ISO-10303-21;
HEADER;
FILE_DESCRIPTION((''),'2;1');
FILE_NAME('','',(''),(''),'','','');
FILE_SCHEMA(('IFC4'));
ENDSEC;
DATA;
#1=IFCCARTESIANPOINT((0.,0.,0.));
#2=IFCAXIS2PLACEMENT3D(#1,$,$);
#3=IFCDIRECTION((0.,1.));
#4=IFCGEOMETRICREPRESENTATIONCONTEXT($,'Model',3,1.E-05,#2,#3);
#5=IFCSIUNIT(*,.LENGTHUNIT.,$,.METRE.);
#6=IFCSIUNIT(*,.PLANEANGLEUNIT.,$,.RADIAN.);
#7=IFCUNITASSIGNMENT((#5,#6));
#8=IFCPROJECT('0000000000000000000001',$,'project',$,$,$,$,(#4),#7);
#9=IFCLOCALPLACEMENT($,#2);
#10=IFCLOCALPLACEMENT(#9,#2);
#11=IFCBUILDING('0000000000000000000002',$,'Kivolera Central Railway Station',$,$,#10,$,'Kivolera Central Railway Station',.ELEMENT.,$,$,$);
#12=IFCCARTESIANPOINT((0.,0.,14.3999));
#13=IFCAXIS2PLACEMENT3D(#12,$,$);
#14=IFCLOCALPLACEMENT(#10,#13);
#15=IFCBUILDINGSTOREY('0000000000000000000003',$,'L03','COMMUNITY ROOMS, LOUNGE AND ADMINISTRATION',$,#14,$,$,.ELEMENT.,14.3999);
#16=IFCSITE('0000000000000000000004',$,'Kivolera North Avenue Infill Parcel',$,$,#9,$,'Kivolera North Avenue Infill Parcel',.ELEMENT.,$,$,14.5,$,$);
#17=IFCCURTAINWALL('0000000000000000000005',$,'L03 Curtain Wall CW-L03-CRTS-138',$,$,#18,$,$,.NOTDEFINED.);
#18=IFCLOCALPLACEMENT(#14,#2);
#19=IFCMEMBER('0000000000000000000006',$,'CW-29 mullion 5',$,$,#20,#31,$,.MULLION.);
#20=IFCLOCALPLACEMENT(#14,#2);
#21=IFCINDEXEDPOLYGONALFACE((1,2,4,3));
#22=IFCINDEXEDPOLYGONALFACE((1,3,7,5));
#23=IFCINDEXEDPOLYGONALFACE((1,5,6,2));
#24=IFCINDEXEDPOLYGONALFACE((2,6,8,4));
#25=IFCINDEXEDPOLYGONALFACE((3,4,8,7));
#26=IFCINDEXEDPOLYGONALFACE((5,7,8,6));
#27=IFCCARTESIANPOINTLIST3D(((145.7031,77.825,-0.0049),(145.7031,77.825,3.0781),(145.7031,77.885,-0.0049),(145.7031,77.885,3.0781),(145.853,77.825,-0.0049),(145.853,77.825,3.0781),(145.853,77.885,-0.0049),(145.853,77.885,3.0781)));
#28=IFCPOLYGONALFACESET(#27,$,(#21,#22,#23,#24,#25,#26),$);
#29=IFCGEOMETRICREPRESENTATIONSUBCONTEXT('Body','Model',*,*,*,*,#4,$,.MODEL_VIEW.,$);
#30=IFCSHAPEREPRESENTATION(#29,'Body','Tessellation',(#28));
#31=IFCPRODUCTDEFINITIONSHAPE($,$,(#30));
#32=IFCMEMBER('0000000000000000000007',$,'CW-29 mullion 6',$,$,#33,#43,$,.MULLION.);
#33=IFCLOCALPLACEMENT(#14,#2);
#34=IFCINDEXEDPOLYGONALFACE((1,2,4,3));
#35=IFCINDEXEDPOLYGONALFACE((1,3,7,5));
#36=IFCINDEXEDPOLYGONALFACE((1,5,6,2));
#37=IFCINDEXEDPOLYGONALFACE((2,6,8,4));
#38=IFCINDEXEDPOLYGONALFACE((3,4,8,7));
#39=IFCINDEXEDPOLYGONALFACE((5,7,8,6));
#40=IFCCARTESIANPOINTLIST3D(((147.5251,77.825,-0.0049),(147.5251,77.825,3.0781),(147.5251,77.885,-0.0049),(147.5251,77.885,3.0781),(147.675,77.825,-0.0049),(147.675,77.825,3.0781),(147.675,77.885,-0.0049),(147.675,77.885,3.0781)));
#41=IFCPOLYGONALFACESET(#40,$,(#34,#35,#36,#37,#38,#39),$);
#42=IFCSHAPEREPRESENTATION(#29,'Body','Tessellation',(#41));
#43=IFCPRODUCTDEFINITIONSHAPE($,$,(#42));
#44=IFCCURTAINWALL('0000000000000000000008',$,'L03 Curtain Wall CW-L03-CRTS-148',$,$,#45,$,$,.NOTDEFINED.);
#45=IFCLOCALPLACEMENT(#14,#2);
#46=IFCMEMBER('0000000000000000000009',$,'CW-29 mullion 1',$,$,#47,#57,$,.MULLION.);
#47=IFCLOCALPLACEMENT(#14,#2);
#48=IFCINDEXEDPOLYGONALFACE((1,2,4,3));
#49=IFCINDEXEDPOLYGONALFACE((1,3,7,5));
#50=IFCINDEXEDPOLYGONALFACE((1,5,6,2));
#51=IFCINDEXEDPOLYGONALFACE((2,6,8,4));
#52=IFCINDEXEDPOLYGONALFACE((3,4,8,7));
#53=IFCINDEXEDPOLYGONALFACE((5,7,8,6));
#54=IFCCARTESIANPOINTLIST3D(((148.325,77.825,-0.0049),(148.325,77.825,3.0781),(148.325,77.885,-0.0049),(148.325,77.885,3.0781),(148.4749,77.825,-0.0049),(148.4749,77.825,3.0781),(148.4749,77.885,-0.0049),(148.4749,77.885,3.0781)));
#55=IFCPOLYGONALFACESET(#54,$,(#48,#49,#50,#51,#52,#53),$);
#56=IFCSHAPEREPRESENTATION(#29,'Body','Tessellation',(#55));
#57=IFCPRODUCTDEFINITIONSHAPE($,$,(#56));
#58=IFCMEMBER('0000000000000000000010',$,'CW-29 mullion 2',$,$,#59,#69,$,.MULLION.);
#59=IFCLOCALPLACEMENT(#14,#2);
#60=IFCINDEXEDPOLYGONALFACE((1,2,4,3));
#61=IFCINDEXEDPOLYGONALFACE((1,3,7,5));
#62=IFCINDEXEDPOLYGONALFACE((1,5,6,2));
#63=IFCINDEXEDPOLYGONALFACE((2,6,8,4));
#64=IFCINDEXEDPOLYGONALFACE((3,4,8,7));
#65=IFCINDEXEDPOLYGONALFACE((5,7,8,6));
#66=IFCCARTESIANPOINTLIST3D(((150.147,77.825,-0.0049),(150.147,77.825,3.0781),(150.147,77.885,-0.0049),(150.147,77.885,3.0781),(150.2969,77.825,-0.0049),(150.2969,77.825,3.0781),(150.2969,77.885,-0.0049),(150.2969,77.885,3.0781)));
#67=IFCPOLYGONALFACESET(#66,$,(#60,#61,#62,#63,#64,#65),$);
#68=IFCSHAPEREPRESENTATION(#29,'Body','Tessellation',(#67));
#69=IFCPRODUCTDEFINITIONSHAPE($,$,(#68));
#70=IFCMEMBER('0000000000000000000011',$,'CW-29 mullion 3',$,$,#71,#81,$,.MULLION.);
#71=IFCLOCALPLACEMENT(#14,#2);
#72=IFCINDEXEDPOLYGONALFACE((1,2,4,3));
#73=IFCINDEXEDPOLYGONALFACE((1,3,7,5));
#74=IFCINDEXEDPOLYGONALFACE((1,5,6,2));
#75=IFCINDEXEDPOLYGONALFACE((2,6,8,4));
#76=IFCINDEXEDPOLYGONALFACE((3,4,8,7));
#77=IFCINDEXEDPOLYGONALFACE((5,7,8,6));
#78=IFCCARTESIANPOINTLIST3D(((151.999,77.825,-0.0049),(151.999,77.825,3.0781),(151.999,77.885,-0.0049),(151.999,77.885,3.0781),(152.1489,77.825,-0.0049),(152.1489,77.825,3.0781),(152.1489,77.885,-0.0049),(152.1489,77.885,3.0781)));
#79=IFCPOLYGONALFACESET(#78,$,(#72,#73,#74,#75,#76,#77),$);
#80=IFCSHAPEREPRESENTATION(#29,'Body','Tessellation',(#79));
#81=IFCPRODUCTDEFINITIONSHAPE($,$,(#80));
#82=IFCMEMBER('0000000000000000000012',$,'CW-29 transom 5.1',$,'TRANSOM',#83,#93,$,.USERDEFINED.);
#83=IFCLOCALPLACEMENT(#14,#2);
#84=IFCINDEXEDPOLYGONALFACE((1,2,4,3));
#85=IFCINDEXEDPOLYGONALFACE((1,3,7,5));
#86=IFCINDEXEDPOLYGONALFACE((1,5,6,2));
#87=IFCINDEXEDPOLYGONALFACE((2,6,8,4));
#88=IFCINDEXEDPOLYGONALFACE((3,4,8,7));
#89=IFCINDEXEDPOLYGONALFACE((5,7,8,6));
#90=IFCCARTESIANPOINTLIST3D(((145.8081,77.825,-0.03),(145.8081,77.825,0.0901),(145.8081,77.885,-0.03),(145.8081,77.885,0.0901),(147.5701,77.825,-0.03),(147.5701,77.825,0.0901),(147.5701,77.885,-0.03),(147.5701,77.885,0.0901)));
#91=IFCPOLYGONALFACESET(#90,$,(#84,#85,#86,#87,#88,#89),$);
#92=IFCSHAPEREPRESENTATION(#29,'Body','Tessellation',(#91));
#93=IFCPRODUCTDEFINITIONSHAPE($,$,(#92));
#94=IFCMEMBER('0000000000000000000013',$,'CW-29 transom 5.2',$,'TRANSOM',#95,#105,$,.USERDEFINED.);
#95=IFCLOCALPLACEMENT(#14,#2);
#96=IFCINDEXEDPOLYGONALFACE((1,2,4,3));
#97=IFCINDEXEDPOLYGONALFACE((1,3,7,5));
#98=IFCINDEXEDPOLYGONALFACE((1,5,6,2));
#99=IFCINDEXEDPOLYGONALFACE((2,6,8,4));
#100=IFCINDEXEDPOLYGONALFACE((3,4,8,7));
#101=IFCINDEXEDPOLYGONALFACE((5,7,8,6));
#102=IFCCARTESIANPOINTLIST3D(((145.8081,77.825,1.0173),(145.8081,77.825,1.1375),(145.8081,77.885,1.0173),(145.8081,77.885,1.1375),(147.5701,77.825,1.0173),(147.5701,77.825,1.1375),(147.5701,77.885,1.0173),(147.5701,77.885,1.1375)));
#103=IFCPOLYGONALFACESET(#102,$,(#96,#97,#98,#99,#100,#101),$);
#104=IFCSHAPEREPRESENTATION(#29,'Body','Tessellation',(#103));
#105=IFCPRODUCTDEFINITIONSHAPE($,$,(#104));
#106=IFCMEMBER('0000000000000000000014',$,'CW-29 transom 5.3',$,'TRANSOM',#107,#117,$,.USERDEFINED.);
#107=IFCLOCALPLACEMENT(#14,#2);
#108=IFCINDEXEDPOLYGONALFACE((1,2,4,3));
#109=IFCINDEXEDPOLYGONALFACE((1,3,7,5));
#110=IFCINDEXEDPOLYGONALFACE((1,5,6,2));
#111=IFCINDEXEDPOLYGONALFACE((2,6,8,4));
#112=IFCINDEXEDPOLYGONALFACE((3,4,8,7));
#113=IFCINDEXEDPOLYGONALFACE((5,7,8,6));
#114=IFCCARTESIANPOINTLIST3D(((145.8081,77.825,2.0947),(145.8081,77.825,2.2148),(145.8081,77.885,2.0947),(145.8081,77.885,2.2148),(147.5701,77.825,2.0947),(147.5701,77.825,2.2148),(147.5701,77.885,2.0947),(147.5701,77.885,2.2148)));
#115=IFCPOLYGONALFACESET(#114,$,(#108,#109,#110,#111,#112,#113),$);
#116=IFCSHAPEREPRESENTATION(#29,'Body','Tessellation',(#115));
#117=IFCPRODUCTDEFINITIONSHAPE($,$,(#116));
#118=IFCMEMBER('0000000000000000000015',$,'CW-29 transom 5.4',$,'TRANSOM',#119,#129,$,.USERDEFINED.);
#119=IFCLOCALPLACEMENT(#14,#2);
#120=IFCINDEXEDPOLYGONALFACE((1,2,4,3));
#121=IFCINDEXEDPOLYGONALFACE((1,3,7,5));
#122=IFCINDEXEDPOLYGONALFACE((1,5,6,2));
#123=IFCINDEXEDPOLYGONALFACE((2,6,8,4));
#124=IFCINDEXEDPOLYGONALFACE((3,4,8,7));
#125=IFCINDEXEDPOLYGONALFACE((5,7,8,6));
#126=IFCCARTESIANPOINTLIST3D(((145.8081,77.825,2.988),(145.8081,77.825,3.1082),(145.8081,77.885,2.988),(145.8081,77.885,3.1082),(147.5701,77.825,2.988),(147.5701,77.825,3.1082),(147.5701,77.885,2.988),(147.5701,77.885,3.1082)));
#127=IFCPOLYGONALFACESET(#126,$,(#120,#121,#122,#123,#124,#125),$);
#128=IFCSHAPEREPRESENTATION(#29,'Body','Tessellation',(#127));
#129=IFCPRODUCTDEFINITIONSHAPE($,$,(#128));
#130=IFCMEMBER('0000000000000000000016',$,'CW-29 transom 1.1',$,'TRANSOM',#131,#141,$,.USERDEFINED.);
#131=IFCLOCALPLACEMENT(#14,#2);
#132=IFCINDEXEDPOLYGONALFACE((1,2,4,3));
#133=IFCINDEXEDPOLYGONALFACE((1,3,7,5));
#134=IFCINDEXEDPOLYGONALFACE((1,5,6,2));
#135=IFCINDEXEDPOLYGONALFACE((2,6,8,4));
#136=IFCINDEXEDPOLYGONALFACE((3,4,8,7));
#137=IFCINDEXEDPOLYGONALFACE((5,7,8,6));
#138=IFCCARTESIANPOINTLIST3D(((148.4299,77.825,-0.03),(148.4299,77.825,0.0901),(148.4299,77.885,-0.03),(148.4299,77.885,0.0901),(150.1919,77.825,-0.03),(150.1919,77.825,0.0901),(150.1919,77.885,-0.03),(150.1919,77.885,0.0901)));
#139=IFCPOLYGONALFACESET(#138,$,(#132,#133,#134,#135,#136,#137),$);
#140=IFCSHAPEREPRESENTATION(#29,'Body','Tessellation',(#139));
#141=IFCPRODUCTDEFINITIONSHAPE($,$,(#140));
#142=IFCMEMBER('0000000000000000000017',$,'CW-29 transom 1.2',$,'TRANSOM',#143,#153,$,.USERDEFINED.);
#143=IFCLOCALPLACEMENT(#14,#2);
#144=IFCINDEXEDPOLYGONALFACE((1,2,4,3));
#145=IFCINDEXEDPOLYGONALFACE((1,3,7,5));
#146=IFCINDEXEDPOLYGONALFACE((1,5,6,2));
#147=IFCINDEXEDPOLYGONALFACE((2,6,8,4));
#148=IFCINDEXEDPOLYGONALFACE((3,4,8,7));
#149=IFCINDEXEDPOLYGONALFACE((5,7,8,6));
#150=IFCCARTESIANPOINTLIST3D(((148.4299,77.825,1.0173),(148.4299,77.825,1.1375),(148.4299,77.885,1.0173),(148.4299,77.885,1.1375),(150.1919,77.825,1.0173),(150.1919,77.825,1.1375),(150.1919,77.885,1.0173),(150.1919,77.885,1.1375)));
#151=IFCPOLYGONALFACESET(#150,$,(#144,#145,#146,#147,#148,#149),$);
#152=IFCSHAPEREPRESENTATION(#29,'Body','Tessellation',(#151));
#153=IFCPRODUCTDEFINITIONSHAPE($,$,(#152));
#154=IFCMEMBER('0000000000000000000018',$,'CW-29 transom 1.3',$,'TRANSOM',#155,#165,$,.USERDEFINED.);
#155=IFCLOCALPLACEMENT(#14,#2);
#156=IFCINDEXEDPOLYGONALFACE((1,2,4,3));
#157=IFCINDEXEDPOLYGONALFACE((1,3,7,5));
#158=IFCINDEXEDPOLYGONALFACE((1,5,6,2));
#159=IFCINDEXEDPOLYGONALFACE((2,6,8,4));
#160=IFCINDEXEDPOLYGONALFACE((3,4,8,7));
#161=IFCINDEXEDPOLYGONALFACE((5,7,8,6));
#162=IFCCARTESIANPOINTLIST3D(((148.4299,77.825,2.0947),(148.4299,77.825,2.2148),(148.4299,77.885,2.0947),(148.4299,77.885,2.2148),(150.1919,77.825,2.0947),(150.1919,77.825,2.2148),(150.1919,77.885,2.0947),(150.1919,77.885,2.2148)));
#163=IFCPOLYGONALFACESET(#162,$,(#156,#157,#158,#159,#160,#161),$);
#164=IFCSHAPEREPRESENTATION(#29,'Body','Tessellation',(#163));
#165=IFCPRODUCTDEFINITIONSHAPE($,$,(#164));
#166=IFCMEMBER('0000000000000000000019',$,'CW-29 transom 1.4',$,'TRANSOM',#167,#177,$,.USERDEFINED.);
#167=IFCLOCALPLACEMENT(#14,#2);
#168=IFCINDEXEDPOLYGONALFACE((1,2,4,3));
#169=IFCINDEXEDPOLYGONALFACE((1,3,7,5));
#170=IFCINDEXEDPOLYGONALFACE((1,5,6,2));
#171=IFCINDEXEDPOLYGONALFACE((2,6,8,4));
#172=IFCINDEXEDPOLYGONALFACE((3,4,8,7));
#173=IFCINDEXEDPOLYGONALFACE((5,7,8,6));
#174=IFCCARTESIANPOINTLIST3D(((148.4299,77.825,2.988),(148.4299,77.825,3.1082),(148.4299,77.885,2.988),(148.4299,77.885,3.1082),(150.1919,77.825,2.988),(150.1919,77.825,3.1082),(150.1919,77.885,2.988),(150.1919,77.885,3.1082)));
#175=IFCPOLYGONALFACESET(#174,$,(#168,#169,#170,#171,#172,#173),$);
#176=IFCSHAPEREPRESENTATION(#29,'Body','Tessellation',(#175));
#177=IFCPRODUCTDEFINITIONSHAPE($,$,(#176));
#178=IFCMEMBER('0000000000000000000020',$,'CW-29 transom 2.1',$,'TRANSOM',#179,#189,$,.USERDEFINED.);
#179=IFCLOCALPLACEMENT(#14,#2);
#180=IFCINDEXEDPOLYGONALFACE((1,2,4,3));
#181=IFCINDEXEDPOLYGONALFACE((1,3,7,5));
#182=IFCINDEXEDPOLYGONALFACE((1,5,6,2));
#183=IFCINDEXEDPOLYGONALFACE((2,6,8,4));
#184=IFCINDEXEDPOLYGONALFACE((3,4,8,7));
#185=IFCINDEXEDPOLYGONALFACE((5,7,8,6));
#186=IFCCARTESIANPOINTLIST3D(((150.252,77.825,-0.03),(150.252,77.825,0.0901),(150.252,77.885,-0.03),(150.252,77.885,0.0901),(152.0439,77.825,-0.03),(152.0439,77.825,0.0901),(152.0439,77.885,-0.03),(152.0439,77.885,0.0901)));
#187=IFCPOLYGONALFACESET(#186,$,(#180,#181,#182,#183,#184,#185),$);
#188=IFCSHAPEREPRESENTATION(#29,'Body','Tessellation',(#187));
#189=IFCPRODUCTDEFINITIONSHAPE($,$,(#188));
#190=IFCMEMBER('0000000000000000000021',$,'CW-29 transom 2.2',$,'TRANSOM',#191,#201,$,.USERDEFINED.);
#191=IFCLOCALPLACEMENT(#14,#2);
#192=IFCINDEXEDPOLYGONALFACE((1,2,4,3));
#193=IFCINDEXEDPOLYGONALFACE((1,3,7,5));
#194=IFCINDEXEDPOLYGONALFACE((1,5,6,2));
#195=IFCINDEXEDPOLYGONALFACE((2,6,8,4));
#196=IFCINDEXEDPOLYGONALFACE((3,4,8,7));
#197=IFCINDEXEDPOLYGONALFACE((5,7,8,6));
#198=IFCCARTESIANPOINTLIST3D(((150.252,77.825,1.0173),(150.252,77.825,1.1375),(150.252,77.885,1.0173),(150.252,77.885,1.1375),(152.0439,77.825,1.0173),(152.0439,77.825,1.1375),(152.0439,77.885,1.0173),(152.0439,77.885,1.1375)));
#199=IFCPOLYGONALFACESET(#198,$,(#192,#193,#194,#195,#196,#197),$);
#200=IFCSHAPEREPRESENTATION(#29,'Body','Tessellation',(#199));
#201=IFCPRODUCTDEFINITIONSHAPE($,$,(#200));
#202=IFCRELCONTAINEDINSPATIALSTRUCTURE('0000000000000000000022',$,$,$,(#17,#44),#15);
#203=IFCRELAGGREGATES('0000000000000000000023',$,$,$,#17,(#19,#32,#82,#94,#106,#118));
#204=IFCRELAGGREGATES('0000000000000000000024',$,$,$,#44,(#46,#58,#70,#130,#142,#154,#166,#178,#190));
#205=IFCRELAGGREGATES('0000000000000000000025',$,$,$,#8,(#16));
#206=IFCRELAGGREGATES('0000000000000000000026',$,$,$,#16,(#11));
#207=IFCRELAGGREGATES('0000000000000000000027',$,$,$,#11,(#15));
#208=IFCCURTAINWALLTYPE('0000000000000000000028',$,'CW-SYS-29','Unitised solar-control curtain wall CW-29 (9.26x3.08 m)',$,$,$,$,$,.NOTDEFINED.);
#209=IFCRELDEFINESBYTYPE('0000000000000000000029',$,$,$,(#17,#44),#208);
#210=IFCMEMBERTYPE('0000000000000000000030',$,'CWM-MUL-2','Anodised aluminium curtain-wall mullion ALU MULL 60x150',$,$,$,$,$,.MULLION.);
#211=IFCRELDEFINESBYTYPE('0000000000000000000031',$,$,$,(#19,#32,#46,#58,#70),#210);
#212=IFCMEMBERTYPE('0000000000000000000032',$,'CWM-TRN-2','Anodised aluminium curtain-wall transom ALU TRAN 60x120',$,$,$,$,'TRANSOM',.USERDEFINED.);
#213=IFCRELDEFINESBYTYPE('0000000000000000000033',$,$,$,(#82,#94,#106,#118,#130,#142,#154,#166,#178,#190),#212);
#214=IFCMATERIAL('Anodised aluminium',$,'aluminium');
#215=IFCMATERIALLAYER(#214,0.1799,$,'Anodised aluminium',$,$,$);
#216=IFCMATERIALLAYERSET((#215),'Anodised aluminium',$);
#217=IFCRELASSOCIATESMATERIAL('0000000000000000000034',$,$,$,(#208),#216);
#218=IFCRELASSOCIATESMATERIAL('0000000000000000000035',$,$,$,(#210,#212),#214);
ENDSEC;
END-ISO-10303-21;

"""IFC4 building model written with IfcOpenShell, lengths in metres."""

from ifc_helpers import new_model, si_unit, direction, frame, origin, origin_2d, place, context, subcontext, project, spatial, rectangle, extrude, material, layer, layer_set, material_profile, profile_set, type_object, element, aggregate, save


model = new_model("IFC4")

# Units and contexts
model_context = context("Model", 3, precision=1e-05, world=origin(), true_north=direction((0.0, 1.0)))
body_context = subcontext(model_context, "Body", "Model", "MODEL_VIEW")
ifc_project = project(units=[si_unit("LENGTHUNIT", "METRE"), si_unit("PLANEANGLEUNIT", "RADIAN")], contexts=[model_context])

# Site, building, storey
site_placement = place(None, origin())
site = spatial("IfcSite", under=ifc_project, at=site_placement, Name="Kivolera North Avenue Infill Parcel", LongName="Kivolera North Avenue Infill Parcel", CompositionType="ELEMENT", RefElevation=14.5)
building_placement = place(site_placement, origin())
building = spatial("IfcBuilding", under=site, at=building_placement, Name="Kivolera Central Railway Station", LongName="Kivolera Central Railway Station", CompositionType="ELEMENT")
storey_placement = place(building_placement, frame((0.0, 0.0, 14.3999)))
storey = spatial("IfcBuildingStorey", under=building, at=storey_placement, Name="L03", Description="COMMUNITY ROOMS, LOUNGE AND ADMINISTRATION", CompositionType="ELEMENT", Elevation=14.3999)

# Curtain walls, members
ifc_material_1 = material(Name="Anodised aluminium", Category="aluminium")
ifc_layer_1 = layer(ifc_material_1, 0.1799, Name="Anodised aluminium")
ifc_layer_set_1 = layer_set([ifc_layer_1], Name="Anodised aluminium")
curtain_wall_type = type_object("IfcCurtainWallType", Name="CW-SYS-29", Description="Unitised solar-control curtain wall CW-29 (9.26x3.08 m)", PredefinedType="NOTDEFINED", material=ifc_layer_set_1)
curtain_wall_1_placement = place(storey_placement, origin())
curtain_wall_1 = element("IfcCurtainWall", 1, at=curtain_wall_1_placement, inside=storey, type_object=curtain_wall_type, Name="L03 Curtain Wall CW-L03-CRTS-138", PredefinedType="NOTDEFINED")
ifc_material_profile_1 = material_profile(ifc_material_1, rectangle(XDim=0.0601, YDim=0.1499, at=origin_2d()), Name="ALU MULL 60x150")
ifc_profile_set_1 = profile_set([ifc_material_profile_1], Name="Anodised aluminium")
member_type_1 = type_object("IfcMemberType", Name="CWM-MUL-2", Description="Anodised aluminium curtain-wall mullion ALU MULL 60x150", PredefinedType="MULLION", material=ifc_profile_set_1)
member_1_placement = place(storey_placement, frame((145.7781, 77.855, -0.0049), z_axis=(0.0, 0.0, 1.0), x_axis=(0.0, 1.0, 0.0)))
member_1 = element("IfcMember", 2, at=member_1_placement, type_object=member_type_1, Name="CW-29 mullion 5", PredefinedType="MULLION", context=body_context, shape_type="SweptSolid", body=[
    extrude(rectangle(XDim=0.0601, YDim=0.1499, at=origin_2d()), origin(), (0.0, 0.0, 1.0), 3.083),
])
member_2_placement = place(storey_placement, frame((147.6001, 77.855, -0.0049), z_axis=(0.0, 0.0, 1.0), x_axis=(0.0, 1.0, 0.0)))
member_2 = element("IfcMember", 3, at=member_2_placement, type_object=member_type_1, Name="CW-29 mullion 6", PredefinedType="MULLION", context=body_context, shape_type="SweptSolid", body=[
    extrude(rectangle(XDim=0.0601, YDim=0.1499, at=origin_2d()), origin(), (0.0, 0.0, 1.0), 3.083),
])
curtain_wall_2_placement = place(storey_placement, origin())
curtain_wall_2 = element("IfcCurtainWall", 4, at=curtain_wall_2_placement, inside=storey, type_object=curtain_wall_type, Name="L03 Curtain Wall CW-L03-CRTS-148", PredefinedType="NOTDEFINED")
member_3_placement = place(storey_placement, frame((148.3999, 77.855, -0.0049), z_axis=(0.0, 0.0, 1.0), x_axis=(0.0, 1.0, 0.0)))
member_3 = element("IfcMember", 5, at=member_3_placement, type_object=member_type_1, Name="CW-29 mullion 1", PredefinedType="MULLION", context=body_context, shape_type="SweptSolid", body=[
    extrude(rectangle(XDim=0.0601, YDim=0.1499, at=origin_2d()), origin(), (0.0, 0.0, 1.0), 3.083),
])
member_4_placement = place(storey_placement, frame((150.2219, 77.855, -0.0049), z_axis=(0.0, 0.0, 1.0), x_axis=(0.0, 1.0, 0.0)))
member_4 = element("IfcMember", 6, at=member_4_placement, type_object=member_type_1, Name="CW-29 mullion 2", PredefinedType="MULLION", context=body_context, shape_type="SweptSolid", body=[
    extrude(rectangle(XDim=0.0601, YDim=0.1499, at=origin_2d()), origin(), (0.0, 0.0, 1.0), 3.083),
])
member_5_placement = place(storey_placement, frame((152.074, 77.855, -0.0049), z_axis=(0.0, 0.0, 1.0), x_axis=(0.0, 1.0, 0.0)))
member_5 = element("IfcMember", 7, at=member_5_placement, type_object=member_type_1, Name="CW-29 mullion 3", PredefinedType="MULLION", context=body_context, shape_type="SweptSolid", body=[
    extrude(rectangle(XDim=0.0601, YDim=0.1499, at=origin_2d()), origin(), (0.0, 0.0, 1.0), 3.083),
])

# Members
ifc_material_profile_2 = material_profile(ifc_material_1, rectangle(XDim=0.0601, YDim=0.1201, at=origin_2d()), Name="ALU TRAN 60x120")
ifc_profile_set_2 = profile_set([ifc_material_profile_2], Name="Anodised aluminium")
member_type_2 = type_object("IfcMemberType", Name="CWM-TRN-2", Description="Anodised aluminium curtain-wall transom ALU TRAN 60x120", ElementType="TRANSOM", PredefinedType="USERDEFINED", material=ifc_profile_set_2)
member_6_placement = place(storey_placement, frame((145.8081, 77.855, 0.03), z_axis=(1.0, 0.0, 0.0), x_axis=(0.0, 1.0, 0.0)))
member_6 = element("IfcMember", 8, at=member_6_placement, type_object=member_type_2, Name="CW-29 transom 5.1", ObjectType="TRANSOM", PredefinedType="USERDEFINED", context=body_context, shape_type="SweptSolid", body=[
    extrude(rectangle(XDim=0.0601, YDim=0.1201, at=origin_2d()), origin(), (0.0, 0.0, 1.0), 1.762),
])
member_7_placement = place(storey_placement, frame((145.8081, 77.855, 1.0774), z_axis=(1.0, 0.0, 0.0), x_axis=(0.0, 1.0, 0.0)))
member_7 = element("IfcMember", 9, at=member_7_placement, type_object=member_type_2, Name="CW-29 transom 5.2", ObjectType="TRANSOM", PredefinedType="USERDEFINED", context=body_context, shape_type="SweptSolid", body=[
    extrude(rectangle(XDim=0.0601, YDim=0.1201, at=origin_2d()), origin(), (0.0, 0.0, 1.0), 1.762),
])
member_8_placement = place(storey_placement, frame((145.8081, 77.855, 2.1548), z_axis=(1.0, 0.0, 0.0), x_axis=(0.0, 1.0, 0.0)))
member_8 = element("IfcMember", 10, at=member_8_placement, type_object=member_type_2, Name="CW-29 transom 5.3", ObjectType="TRANSOM", PredefinedType="USERDEFINED", context=body_context, shape_type="SweptSolid", body=[
    extrude(rectangle(XDim=0.0601, YDim=0.1201, at=origin_2d()), origin(), (0.0, 0.0, 1.0), 1.762),
])
member_9_placement = place(storey_placement, frame((145.8081, 77.855, 3.0481), z_axis=(1.0, 0.0, 0.0), x_axis=(0.0, 1.0, 0.0)))
member_9 = element("IfcMember", 11, at=member_9_placement, type_object=member_type_2, Name="CW-29 transom 5.4", ObjectType="TRANSOM", PredefinedType="USERDEFINED", context=body_context, shape_type="SweptSolid", body=[
    extrude(rectangle(XDim=0.0601, YDim=0.1201, at=origin_2d()), origin(), (0.0, 0.0, 1.0), 1.762),
])
member_10_placement = place(storey_placement, frame((148.4299, 77.855, 0.03), z_axis=(1.0, 0.0, 0.0), x_axis=(0.0, 1.0, 0.0)))
member_10 = element("IfcMember", 12, at=member_10_placement, type_object=member_type_2, Name="CW-29 transom 1.1", ObjectType="TRANSOM", PredefinedType="USERDEFINED", context=body_context, shape_type="SweptSolid", body=[
    extrude(rectangle(XDim=0.0601, YDim=0.1201, at=origin_2d()), origin(), (0.0, 0.0, 1.0), 1.762),
])
member_11_placement = place(storey_placement, frame((148.4299, 77.855, 1.0774), z_axis=(1.0, 0.0, 0.0), x_axis=(0.0, 1.0, 0.0)))
member_11 = element("IfcMember", 13, at=member_11_placement, type_object=member_type_2, Name="CW-29 transom 1.2", ObjectType="TRANSOM", PredefinedType="USERDEFINED", context=body_context, shape_type="SweptSolid", body=[
    extrude(rectangle(XDim=0.0601, YDim=0.1201, at=origin_2d()), origin(), (0.0, 0.0, 1.0), 1.762),
])
member_12_placement = place(storey_placement, frame((148.4299, 77.855, 2.1548), z_axis=(1.0, 0.0, 0.0), x_axis=(0.0, 1.0, 0.0)))
member_12 = element("IfcMember", 14, at=member_12_placement, type_object=member_type_2, Name="CW-29 transom 1.3", ObjectType="TRANSOM", PredefinedType="USERDEFINED", context=body_context, shape_type="SweptSolid", body=[
    extrude(rectangle(XDim=0.0601, YDim=0.1201, at=origin_2d()), origin(), (0.0, 0.0, 1.0), 1.762),
])
member_13_placement = place(storey_placement, frame((148.4299, 77.855, 3.0481), z_axis=(1.0, 0.0, 0.0), x_axis=(0.0, 1.0, 0.0)))
member_13 = element("IfcMember", 15, at=member_13_placement, type_object=member_type_2, Name="CW-29 transom 1.4", ObjectType="TRANSOM", PredefinedType="USERDEFINED", context=body_context, shape_type="SweptSolid", body=[
    extrude(rectangle(XDim=0.0601, YDim=0.1201, at=origin_2d()), origin(), (0.0, 0.0, 1.0), 1.762),
])
member_14_placement = place(storey_placement, frame((150.252, 77.855, 0.03), z_axis=(1.0, 0.0, 0.0), x_axis=(0.0, 1.0, 0.0)))
member_14 = element("IfcMember", 16, at=member_14_placement, type_object=member_type_2, Name="CW-29 transom 2.1", ObjectType="TRANSOM", PredefinedType="USERDEFINED", context=body_context, shape_type="SweptSolid", body=[
    extrude(rectangle(XDim=0.0601, YDim=0.1201, at=origin_2d()), origin(), (0.0, 0.0, 1.0), 1.792),
])
member_15_placement = place(storey_placement, frame((150.252, 77.855, 1.0774), z_axis=(1.0, 0.0, 0.0), x_axis=(0.0, 1.0, 0.0)))
member_15 = element("IfcMember", 17, at=member_15_placement, type_object=member_type_2, Name="CW-29 transom 2.2", ObjectType="TRANSOM", PredefinedType="USERDEFINED", context=body_context, shape_type="SweptSolid", body=[
    extrude(rectangle(XDim=0.0601, YDim=0.1201, at=origin_2d()), origin(), (0.0, 0.0, 1.0), 1.792),
])

aggregate(curtain_wall_1, [member_1, member_2, member_6, member_7, member_8, member_9])
aggregate(curtain_wall_2, [member_3, member_4, member_5, member_10, member_11, member_12, member_13, member_14, member_15])

save(model, "model.ifc")
